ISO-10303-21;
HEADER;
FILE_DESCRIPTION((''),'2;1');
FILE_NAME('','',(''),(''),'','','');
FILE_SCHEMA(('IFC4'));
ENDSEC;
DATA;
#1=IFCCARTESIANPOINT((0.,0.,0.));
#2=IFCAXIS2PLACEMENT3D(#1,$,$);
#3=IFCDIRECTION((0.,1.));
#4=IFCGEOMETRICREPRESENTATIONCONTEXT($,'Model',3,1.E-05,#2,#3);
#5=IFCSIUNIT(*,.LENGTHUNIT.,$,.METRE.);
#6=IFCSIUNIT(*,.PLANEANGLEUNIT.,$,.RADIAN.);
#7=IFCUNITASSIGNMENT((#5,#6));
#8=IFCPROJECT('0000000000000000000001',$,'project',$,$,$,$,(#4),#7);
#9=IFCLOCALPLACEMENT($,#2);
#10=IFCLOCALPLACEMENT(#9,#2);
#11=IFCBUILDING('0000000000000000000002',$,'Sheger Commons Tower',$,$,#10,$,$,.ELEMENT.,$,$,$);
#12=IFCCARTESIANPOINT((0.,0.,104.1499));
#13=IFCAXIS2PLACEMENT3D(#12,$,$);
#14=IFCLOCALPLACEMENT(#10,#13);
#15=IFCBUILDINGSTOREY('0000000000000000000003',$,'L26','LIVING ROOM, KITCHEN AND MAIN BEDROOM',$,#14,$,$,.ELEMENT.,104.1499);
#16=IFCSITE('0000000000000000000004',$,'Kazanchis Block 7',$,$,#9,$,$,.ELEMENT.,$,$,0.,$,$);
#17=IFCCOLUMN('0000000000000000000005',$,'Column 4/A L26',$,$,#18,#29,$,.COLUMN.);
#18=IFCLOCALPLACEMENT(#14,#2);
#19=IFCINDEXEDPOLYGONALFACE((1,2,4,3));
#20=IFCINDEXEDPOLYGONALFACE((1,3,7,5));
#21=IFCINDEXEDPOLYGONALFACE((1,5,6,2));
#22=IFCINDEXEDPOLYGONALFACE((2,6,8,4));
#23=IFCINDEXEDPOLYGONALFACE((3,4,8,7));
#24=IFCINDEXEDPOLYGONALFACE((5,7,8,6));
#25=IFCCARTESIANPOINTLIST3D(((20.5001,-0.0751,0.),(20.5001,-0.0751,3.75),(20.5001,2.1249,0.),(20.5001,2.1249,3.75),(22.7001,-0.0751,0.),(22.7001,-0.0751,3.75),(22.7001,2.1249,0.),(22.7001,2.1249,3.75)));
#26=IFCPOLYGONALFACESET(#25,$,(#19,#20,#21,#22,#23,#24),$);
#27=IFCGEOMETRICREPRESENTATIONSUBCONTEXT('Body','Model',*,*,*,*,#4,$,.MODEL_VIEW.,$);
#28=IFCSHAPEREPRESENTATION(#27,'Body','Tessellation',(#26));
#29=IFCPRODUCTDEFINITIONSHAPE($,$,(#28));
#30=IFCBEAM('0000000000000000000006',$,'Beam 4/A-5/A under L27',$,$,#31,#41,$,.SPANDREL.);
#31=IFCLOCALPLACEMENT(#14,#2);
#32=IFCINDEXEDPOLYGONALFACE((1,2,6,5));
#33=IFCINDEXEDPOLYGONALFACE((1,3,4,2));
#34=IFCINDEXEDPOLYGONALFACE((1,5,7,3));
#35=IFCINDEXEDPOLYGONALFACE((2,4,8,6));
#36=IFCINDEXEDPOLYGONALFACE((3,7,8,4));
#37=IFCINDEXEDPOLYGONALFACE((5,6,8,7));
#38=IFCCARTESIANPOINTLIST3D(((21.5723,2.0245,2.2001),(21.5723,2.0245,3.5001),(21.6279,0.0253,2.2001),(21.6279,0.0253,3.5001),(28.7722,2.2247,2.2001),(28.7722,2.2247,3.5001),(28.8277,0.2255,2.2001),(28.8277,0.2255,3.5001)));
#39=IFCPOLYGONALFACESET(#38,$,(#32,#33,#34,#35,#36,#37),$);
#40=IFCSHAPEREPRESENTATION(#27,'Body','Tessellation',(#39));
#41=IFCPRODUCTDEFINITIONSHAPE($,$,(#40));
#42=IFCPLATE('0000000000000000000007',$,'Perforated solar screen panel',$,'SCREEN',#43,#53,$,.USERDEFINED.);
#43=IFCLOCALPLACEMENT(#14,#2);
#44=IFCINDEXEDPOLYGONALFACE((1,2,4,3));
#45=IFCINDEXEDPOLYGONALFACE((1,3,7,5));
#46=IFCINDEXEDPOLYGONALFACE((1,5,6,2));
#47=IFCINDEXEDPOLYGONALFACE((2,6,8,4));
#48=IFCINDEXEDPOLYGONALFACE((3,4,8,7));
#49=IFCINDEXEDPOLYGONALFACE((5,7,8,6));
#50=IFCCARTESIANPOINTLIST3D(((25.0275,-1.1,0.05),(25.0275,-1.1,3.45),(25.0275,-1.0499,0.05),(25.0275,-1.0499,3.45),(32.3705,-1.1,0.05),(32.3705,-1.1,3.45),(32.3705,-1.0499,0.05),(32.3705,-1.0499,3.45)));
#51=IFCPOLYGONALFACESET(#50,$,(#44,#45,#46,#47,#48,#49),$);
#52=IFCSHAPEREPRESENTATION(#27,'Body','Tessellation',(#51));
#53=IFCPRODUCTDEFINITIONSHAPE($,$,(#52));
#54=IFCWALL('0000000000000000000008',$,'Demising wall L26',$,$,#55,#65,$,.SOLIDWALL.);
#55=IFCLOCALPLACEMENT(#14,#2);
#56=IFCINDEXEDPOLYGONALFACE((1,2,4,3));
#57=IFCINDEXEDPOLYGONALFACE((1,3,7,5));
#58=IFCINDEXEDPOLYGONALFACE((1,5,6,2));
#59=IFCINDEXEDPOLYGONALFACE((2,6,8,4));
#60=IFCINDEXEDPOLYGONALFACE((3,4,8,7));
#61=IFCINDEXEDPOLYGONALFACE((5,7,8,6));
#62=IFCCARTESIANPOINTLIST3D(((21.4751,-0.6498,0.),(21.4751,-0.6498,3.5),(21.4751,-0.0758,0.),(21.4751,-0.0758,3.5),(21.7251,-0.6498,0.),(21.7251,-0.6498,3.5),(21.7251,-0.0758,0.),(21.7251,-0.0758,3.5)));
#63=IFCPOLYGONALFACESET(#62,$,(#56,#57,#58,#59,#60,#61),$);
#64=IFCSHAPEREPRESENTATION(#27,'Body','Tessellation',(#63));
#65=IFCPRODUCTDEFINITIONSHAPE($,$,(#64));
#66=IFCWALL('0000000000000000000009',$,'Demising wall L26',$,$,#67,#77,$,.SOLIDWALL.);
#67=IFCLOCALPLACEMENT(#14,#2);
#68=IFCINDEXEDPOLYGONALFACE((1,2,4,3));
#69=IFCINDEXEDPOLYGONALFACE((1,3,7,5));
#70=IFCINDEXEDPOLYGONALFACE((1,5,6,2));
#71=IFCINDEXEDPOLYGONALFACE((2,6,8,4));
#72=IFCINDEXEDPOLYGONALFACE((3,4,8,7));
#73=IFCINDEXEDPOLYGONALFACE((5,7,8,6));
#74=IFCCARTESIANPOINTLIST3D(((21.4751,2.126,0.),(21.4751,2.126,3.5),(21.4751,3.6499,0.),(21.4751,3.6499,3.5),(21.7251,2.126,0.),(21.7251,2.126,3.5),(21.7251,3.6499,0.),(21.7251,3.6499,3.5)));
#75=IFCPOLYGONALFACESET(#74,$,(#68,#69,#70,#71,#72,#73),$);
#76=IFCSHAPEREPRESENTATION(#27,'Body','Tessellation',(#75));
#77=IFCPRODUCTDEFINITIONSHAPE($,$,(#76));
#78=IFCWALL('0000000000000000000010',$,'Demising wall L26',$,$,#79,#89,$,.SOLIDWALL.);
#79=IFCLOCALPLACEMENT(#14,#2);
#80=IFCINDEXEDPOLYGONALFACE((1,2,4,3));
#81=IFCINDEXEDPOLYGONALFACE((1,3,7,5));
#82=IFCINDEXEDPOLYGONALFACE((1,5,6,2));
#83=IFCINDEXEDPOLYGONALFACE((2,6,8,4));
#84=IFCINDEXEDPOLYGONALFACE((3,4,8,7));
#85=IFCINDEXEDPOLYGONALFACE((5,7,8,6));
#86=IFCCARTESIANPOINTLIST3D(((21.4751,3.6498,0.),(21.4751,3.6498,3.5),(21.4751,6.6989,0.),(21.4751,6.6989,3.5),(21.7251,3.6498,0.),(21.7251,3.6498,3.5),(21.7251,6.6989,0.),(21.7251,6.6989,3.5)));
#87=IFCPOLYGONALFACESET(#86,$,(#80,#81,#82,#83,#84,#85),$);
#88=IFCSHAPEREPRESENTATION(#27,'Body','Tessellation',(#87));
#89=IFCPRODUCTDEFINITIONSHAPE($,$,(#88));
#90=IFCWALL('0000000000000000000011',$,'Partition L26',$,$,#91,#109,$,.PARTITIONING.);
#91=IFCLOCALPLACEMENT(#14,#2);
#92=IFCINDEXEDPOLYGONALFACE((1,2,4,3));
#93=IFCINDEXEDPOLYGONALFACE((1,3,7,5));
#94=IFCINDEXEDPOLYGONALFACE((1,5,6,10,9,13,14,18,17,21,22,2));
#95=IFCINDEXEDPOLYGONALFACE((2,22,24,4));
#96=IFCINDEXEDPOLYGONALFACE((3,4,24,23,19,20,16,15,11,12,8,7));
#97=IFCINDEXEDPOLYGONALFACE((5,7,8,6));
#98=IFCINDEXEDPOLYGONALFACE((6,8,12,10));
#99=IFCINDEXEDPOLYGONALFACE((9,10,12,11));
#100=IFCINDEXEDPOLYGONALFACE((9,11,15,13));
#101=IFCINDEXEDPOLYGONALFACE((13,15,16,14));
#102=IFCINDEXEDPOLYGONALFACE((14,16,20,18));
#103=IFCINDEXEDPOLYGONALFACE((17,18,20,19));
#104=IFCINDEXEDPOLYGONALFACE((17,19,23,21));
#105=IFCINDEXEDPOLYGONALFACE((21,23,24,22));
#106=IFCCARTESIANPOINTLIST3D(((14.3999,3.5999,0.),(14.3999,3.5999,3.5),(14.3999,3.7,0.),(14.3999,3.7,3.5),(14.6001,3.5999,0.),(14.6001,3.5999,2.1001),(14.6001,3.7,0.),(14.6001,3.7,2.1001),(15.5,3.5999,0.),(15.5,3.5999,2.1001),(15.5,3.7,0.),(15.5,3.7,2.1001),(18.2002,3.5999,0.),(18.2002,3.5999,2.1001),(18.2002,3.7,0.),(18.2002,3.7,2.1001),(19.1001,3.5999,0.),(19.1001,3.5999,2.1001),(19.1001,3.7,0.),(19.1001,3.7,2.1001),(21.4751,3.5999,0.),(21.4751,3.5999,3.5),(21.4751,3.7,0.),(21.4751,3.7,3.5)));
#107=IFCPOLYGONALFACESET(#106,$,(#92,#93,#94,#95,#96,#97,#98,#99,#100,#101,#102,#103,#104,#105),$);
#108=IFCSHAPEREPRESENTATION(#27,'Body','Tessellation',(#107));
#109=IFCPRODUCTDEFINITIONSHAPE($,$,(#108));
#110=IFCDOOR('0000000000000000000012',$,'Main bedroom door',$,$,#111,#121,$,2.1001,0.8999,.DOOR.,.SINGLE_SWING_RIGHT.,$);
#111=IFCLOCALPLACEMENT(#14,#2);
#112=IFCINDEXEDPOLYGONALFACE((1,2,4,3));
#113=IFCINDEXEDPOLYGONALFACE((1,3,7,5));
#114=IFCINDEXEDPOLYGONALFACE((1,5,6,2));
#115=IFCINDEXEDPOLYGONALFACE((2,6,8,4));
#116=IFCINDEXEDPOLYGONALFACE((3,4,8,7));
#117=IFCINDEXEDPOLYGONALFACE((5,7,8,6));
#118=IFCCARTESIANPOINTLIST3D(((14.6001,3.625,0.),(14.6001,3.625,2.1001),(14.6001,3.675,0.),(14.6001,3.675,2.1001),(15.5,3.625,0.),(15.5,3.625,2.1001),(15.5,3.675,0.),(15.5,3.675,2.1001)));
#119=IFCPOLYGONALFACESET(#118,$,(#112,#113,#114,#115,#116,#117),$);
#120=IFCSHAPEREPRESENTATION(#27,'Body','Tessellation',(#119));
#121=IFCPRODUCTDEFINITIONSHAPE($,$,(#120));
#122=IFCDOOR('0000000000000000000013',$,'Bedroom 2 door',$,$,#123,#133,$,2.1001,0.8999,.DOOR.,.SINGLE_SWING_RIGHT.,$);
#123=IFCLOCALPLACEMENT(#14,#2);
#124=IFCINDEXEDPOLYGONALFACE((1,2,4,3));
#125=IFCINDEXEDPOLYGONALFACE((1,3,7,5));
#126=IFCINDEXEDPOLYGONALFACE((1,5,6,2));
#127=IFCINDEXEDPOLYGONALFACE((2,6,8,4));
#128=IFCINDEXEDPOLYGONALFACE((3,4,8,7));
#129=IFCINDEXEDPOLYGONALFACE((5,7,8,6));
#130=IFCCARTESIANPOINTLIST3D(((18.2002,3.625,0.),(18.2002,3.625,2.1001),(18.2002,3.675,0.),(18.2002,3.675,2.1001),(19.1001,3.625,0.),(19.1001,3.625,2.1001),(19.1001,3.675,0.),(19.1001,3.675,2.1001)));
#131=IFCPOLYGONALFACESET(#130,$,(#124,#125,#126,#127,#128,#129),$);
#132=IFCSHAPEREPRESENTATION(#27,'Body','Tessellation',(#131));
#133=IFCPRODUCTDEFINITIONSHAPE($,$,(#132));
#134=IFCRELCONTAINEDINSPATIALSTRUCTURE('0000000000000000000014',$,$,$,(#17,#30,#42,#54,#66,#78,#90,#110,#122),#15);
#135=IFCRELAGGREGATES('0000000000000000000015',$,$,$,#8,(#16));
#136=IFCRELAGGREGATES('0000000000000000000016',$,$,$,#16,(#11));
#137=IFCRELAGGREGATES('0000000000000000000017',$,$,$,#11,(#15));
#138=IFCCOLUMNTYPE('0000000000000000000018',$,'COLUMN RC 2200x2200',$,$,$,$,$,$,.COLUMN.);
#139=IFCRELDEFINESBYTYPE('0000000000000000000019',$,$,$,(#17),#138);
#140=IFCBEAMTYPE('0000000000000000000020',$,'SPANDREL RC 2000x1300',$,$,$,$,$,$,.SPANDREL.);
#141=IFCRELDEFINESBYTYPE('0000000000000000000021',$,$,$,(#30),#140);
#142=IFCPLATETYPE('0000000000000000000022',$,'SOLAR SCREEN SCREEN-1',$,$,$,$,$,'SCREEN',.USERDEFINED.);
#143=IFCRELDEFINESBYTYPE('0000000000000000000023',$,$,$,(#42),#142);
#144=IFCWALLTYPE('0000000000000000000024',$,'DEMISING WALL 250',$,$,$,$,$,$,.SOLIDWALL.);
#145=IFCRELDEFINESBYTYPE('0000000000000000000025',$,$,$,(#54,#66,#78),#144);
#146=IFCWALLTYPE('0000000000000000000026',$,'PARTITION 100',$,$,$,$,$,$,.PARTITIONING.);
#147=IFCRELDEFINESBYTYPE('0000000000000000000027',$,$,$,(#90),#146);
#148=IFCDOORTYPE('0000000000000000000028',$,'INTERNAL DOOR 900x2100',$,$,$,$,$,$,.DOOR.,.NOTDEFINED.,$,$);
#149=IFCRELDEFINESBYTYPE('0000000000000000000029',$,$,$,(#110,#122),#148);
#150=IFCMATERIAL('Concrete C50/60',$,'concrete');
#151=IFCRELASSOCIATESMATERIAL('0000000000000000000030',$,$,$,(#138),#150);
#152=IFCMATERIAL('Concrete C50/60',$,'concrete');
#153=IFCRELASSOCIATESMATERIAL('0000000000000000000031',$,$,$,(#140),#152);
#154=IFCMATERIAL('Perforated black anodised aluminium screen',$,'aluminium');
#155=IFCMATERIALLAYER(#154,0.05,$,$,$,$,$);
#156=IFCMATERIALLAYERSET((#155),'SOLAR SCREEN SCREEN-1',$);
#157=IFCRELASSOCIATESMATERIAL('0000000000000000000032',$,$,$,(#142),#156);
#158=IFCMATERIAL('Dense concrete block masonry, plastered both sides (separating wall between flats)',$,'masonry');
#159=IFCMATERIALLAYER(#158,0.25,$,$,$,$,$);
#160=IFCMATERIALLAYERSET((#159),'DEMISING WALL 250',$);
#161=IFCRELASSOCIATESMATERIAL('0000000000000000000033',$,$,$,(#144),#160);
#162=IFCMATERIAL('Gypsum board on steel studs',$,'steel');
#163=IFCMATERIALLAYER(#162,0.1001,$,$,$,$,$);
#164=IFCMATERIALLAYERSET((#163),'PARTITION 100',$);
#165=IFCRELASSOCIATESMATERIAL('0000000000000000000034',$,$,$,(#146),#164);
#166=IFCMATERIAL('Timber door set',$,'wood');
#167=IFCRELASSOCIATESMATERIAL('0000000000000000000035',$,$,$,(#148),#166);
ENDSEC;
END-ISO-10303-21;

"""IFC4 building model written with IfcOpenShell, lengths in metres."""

from ifc_helpers import new_model, si_unit, direction, frame, frame_2d, origin, origin_2d, place, context, subcontext, project, spatial, rectangle, extrude, material, layer, layer_set, material_profile, profile_set, type_object, element, fill, save


model = new_model("IFC4")

# Units and contexts
model_context = context("Model", 3, precision=1e-05, world=origin(), true_north=direction((0.0, 1.0)))
body_context = subcontext(model_context, "Body", "Model", "MODEL_VIEW")
ifc_project = project(units=[si_unit("LENGTHUNIT", "METRE"), si_unit("PLANEANGLEUNIT", "RADIAN")], contexts=[model_context])

# Site, building, storey
site_placement = place(None, origin())
site = spatial("IfcSite", under=ifc_project, at=site_placement, Name="Kazanchis Block 7", CompositionType="ELEMENT", RefElevation=0.0)
building_placement = place(site_placement, origin())
building = spatial("IfcBuilding", under=site, at=building_placement, Name="Sheger Commons Tower", CompositionType="ELEMENT")
storey_placement = place(building_placement, frame((0.0, 0.0, 104.1499)))
storey = spatial("IfcBuildingStorey", under=building, at=storey_placement, Name="L26", Description="LIVING ROOM, KITCHEN AND MAIN BEDROOM", CompositionType="ELEMENT", Elevation=104.1499)

# Column
ifc_material_1 = material(Name="Concrete C50/60", Category="concrete")
ifc_material_profile_1 = material_profile(ifc_material_1, rectangle(XDim=2.2, YDim=2.2, at=origin_2d()), Name="RC 2200x2200")
ifc_profile_set_1 = profile_set([ifc_material_profile_1], Name="Concrete C50/60")
column_type = type_object("IfcColumnType", Name="COLUMN RC 2200x2200", PredefinedType="COLUMN", material=ifc_profile_set_1)
column_placement = place(storey_placement, frame((21.6001, 1.0249, 0.0), z_axis=(0.0, 0.0, 1.0), x_axis=(1.0, 0.0, 0.0)))
element("IfcColumn", 1, at=column_placement, inside=storey, type_object=column_type, Name="Column 4/A L26", PredefinedType="COLUMN", context=body_context, shape_type="SweptSolid", body=[
    extrude(rectangle(XDim=2.2, YDim=2.2, at=origin_2d()), origin(), (0.0, 0.0, 1.0), 3.75),
])

# Beam
ifc_material_2 = material(Name="Concrete C50/60", Category="concrete")
ifc_material_profile_2 = material_profile(ifc_material_2, rectangle(XDim=2.0, YDim=1.3, at=origin_2d()), Name="RC 2000x1300")
ifc_profile_set_2 = profile_set([ifc_material_profile_2], Name="Concrete C50/60")
beam_type = type_object("IfcBeamType", Name="SPANDREL RC 2000x1300", PredefinedType="SPANDREL", material=ifc_profile_set_2)
beam_placement = place(storey_placement, frame((21.6001, 1.0249, 2.8501), z_axis=(0.999614, 0.027794, 0.0), x_axis=(-0.027794, 0.999614, 0.0)))
element("IfcBeam", 2, at=beam_placement, inside=storey, type_object=beam_type, Name="Beam 4/A-5/A under L27", PredefinedType="SPANDREL", context=body_context, shape_type="SweptSolid", body=[
    extrude(rectangle(XDim=2.0, YDim=1.3, at=origin_2d()), origin(), (0.0, 0.0, 1.0), 7.2026),
])

# Plate
ifc_material_3 = material(Name="Perforated black anodised aluminium screen", Category="aluminium")
ifc_layer_1 = layer(ifc_material_3, 0.05)
ifc_layer_set_1 = layer_set([ifc_layer_1], Name="SOLAR SCREEN SCREEN-1")
plate_type = type_object("IfcPlateType", Name="SOLAR SCREEN SCREEN-1", ElementType="SCREEN", PredefinedType="USERDEFINED", material=ifc_layer_set_1)
plate_placement = place(storey_placement, frame((28.699, -1.075, 0.05), z_axis=(0.0, 0.0, 1.0), x_axis=(1.0, 0.0, 0.0)))
element("IfcPlate", 3, at=plate_placement, inside=storey, type_object=plate_type, Name="Perforated solar screen panel", ObjectType="SCREEN", PredefinedType="USERDEFINED", context=body_context, shape_type="SweptSolid", body=[
    extrude(rectangle(XDim=7.343, YDim=0.05, at=origin_2d()), origin(), (0.0, 0.0, 1.0), 3.3999),
])

# Walls
ifc_material_4 = material(Name="Dense concrete block masonry, plastered both sides (separating wall between flats)", Category="masonry")
ifc_layer_2 = layer(ifc_material_4, 0.25)
ifc_layer_set_2 = layer_set([ifc_layer_2], Name="DEMISING WALL 250")
wall_type_1 = type_object("IfcWallType", Name="DEMISING WALL 250", PredefinedType="SOLIDWALL", material=ifc_layer_set_2)
wall_1_placement = place(storey_placement, frame((21.6001, -0.6499, 0.0), z_axis=(0.0, 0.0, 1.0), x_axis=(0.0, 1.0, 0.0)))
element("IfcWall", 4, at=wall_1_placement, inside=storey, type_object=wall_type_1, Name="Demising wall L26", PredefinedType="SOLIDWALL", context=body_context, shape_type="SweptSolid", body=[
    extrude(rectangle(XDim=0.574, YDim=0.25, at=frame_2d((0.2871, 0.0))), origin(), (0.0, 0.0, 1.0), 3.5),
])
wall_2_placement = place(storey_placement, frame((21.6001, 2.126, 0.0), z_axis=(0.0, 0.0, 1.0), x_axis=(0.0, 1.0, 0.0)))
element("IfcWall", 5, at=wall_2_placement, inside=storey, type_object=wall_type_1, Name="Demising wall L26", PredefinedType="SOLIDWALL", context=body_context, shape_type="SweptSolid", body=[
    extrude(rectangle(XDim=1.5239, YDim=0.25, at=frame_2d((0.762, 0.0))), origin(), (0.0, 0.0, 1.0), 3.5),
])
wall_3_placement = place(storey_placement, frame((21.6001, 3.6499, 0.0), z_axis=(0.0, 0.0, 1.0), x_axis=(0.0, 1.0, 0.0)))
element("IfcWall", 6, at=wall_3_placement, inside=storey, type_object=wall_type_1, Name="Demising wall L26", PredefinedType="SOLIDWALL", context=body_context, shape_type="SweptSolid", body=[
    extrude(rectangle(XDim=3.0491, YDim=0.25, at=frame_2d((1.5244, 0.0))), origin(), (0.0, 0.0, 1.0), 3.5),
])

# Wall, openings, doors
ifc_material_5 = material(Name="Gypsum board on steel studs", Category="steel")
ifc_layer_3 = layer(ifc_material_5, 0.1001)
ifc_layer_set_3 = layer_set([ifc_layer_3], Name="PARTITION 100")
wall_type_2 = type_object("IfcWallType", Name="PARTITION 100", PredefinedType="PARTITIONING", material=ifc_layer_set_3)
wall_4_placement = place(storey_placement, frame((21.4751, 3.6499, 0.0), z_axis=(0.0, 0.0, 1.0), x_axis=(-1.0, 0.0, 0.0)))
wall_4 = element("IfcWall", 7, at=wall_4_placement, inside=storey, type_object=wall_type_2, Name="Partition L26", PredefinedType="PARTITIONING", context=body_context, shape_type="SweptSolid", body=[
    extrude(rectangle(XDim=7.0752, YDim=0.1001, at=frame_2d((3.5376, 0.0))), origin(), (0.0, 0.0, 1.0), 3.5),
])
opening_1_placement = place(wall_4_placement, frame((5.9751, 0.0, 0.0)))
opening_1 = element("IfcOpeningElement", 8, at=opening_1_placement, cuts=wall_4, PredefinedType="OPENING", context=body_context, shape_type="SweptSolid", body=[
    extrude(rectangle(XDim=0.8999, YDim=2.1001, at=frame_2d((0.45, 1.05))), frame((0.0, 0.0601, 0.0), z_axis=(0.0, -1.0, 0.0), x_axis=(1.0, 0.0, 0.0)), (0.0, 0.0, 1.0), 0.1201),
])
opening_2_placement = place(wall_4_placement, frame((2.375, 0.0, 0.0)))
opening_2 = element("IfcOpeningElement", 9, at=opening_2_placement, cuts=wall_4, PredefinedType="OPENING", context=body_context, shape_type="SweptSolid", body=[
    extrude(rectangle(XDim=0.8999, YDim=2.1001, at=frame_2d((0.45, 1.05))), frame((0.0, 0.0601, 0.0), z_axis=(0.0, -1.0, 0.0), x_axis=(1.0, 0.0, 0.0)), (0.0, 0.0, 1.0), 0.1201),
])
ifc_material_6 = material(Name="Timber door set", Category="wood")
door_type = type_object("IfcDoorType", Name="INTERNAL DOOR 900x2100", OperationType="NOTDEFINED", PredefinedType="DOOR", material=ifc_material_6)
door_1_placement = place(opening_1_placement, origin())
door_1 = element("IfcDoor", 10, at=door_1_placement, inside=storey, type_object=door_type, Name="Main bedroom door", OperationType="SINGLE_SWING_RIGHT", OverallHeight=2.1001, OverallWidth=0.8999, PredefinedType="DOOR", context=body_context, shape_type="SweptSolid", body=[
    extrude(rectangle(XDim=0.8999, YDim=2.1001, at=frame_2d((0.45, 1.05))), frame((0.0, 0.0249, 0.0), z_axis=(0.0, -1.0, 0.0), x_axis=(1.0, 0.0, 0.0)), (0.0, 0.0, 1.0), 0.05),
])
fill(opening_1, door_1)
door_2_placement = place(opening_2_placement, origin())
door_2 = element("IfcDoor", 11, at=door_2_placement, inside=storey, type_object=door_type, Name="Bedroom 2 door", OperationType="SINGLE_SWING_RIGHT", OverallHeight=2.1001, OverallWidth=0.8999, PredefinedType="DOOR", context=body_context, shape_type="SweptSolid", body=[
    extrude(rectangle(XDim=0.8999, YDim=2.1001, at=frame_2d((0.45, 1.05))), frame((0.0, 0.0249, 0.0), z_axis=(0.0, -1.0, 0.0), x_axis=(1.0, 0.0, 0.0)), (0.0, 0.0, 1.0), 0.05),
])
fill(opening_2, door_2)

save(model, "model.ifc")
